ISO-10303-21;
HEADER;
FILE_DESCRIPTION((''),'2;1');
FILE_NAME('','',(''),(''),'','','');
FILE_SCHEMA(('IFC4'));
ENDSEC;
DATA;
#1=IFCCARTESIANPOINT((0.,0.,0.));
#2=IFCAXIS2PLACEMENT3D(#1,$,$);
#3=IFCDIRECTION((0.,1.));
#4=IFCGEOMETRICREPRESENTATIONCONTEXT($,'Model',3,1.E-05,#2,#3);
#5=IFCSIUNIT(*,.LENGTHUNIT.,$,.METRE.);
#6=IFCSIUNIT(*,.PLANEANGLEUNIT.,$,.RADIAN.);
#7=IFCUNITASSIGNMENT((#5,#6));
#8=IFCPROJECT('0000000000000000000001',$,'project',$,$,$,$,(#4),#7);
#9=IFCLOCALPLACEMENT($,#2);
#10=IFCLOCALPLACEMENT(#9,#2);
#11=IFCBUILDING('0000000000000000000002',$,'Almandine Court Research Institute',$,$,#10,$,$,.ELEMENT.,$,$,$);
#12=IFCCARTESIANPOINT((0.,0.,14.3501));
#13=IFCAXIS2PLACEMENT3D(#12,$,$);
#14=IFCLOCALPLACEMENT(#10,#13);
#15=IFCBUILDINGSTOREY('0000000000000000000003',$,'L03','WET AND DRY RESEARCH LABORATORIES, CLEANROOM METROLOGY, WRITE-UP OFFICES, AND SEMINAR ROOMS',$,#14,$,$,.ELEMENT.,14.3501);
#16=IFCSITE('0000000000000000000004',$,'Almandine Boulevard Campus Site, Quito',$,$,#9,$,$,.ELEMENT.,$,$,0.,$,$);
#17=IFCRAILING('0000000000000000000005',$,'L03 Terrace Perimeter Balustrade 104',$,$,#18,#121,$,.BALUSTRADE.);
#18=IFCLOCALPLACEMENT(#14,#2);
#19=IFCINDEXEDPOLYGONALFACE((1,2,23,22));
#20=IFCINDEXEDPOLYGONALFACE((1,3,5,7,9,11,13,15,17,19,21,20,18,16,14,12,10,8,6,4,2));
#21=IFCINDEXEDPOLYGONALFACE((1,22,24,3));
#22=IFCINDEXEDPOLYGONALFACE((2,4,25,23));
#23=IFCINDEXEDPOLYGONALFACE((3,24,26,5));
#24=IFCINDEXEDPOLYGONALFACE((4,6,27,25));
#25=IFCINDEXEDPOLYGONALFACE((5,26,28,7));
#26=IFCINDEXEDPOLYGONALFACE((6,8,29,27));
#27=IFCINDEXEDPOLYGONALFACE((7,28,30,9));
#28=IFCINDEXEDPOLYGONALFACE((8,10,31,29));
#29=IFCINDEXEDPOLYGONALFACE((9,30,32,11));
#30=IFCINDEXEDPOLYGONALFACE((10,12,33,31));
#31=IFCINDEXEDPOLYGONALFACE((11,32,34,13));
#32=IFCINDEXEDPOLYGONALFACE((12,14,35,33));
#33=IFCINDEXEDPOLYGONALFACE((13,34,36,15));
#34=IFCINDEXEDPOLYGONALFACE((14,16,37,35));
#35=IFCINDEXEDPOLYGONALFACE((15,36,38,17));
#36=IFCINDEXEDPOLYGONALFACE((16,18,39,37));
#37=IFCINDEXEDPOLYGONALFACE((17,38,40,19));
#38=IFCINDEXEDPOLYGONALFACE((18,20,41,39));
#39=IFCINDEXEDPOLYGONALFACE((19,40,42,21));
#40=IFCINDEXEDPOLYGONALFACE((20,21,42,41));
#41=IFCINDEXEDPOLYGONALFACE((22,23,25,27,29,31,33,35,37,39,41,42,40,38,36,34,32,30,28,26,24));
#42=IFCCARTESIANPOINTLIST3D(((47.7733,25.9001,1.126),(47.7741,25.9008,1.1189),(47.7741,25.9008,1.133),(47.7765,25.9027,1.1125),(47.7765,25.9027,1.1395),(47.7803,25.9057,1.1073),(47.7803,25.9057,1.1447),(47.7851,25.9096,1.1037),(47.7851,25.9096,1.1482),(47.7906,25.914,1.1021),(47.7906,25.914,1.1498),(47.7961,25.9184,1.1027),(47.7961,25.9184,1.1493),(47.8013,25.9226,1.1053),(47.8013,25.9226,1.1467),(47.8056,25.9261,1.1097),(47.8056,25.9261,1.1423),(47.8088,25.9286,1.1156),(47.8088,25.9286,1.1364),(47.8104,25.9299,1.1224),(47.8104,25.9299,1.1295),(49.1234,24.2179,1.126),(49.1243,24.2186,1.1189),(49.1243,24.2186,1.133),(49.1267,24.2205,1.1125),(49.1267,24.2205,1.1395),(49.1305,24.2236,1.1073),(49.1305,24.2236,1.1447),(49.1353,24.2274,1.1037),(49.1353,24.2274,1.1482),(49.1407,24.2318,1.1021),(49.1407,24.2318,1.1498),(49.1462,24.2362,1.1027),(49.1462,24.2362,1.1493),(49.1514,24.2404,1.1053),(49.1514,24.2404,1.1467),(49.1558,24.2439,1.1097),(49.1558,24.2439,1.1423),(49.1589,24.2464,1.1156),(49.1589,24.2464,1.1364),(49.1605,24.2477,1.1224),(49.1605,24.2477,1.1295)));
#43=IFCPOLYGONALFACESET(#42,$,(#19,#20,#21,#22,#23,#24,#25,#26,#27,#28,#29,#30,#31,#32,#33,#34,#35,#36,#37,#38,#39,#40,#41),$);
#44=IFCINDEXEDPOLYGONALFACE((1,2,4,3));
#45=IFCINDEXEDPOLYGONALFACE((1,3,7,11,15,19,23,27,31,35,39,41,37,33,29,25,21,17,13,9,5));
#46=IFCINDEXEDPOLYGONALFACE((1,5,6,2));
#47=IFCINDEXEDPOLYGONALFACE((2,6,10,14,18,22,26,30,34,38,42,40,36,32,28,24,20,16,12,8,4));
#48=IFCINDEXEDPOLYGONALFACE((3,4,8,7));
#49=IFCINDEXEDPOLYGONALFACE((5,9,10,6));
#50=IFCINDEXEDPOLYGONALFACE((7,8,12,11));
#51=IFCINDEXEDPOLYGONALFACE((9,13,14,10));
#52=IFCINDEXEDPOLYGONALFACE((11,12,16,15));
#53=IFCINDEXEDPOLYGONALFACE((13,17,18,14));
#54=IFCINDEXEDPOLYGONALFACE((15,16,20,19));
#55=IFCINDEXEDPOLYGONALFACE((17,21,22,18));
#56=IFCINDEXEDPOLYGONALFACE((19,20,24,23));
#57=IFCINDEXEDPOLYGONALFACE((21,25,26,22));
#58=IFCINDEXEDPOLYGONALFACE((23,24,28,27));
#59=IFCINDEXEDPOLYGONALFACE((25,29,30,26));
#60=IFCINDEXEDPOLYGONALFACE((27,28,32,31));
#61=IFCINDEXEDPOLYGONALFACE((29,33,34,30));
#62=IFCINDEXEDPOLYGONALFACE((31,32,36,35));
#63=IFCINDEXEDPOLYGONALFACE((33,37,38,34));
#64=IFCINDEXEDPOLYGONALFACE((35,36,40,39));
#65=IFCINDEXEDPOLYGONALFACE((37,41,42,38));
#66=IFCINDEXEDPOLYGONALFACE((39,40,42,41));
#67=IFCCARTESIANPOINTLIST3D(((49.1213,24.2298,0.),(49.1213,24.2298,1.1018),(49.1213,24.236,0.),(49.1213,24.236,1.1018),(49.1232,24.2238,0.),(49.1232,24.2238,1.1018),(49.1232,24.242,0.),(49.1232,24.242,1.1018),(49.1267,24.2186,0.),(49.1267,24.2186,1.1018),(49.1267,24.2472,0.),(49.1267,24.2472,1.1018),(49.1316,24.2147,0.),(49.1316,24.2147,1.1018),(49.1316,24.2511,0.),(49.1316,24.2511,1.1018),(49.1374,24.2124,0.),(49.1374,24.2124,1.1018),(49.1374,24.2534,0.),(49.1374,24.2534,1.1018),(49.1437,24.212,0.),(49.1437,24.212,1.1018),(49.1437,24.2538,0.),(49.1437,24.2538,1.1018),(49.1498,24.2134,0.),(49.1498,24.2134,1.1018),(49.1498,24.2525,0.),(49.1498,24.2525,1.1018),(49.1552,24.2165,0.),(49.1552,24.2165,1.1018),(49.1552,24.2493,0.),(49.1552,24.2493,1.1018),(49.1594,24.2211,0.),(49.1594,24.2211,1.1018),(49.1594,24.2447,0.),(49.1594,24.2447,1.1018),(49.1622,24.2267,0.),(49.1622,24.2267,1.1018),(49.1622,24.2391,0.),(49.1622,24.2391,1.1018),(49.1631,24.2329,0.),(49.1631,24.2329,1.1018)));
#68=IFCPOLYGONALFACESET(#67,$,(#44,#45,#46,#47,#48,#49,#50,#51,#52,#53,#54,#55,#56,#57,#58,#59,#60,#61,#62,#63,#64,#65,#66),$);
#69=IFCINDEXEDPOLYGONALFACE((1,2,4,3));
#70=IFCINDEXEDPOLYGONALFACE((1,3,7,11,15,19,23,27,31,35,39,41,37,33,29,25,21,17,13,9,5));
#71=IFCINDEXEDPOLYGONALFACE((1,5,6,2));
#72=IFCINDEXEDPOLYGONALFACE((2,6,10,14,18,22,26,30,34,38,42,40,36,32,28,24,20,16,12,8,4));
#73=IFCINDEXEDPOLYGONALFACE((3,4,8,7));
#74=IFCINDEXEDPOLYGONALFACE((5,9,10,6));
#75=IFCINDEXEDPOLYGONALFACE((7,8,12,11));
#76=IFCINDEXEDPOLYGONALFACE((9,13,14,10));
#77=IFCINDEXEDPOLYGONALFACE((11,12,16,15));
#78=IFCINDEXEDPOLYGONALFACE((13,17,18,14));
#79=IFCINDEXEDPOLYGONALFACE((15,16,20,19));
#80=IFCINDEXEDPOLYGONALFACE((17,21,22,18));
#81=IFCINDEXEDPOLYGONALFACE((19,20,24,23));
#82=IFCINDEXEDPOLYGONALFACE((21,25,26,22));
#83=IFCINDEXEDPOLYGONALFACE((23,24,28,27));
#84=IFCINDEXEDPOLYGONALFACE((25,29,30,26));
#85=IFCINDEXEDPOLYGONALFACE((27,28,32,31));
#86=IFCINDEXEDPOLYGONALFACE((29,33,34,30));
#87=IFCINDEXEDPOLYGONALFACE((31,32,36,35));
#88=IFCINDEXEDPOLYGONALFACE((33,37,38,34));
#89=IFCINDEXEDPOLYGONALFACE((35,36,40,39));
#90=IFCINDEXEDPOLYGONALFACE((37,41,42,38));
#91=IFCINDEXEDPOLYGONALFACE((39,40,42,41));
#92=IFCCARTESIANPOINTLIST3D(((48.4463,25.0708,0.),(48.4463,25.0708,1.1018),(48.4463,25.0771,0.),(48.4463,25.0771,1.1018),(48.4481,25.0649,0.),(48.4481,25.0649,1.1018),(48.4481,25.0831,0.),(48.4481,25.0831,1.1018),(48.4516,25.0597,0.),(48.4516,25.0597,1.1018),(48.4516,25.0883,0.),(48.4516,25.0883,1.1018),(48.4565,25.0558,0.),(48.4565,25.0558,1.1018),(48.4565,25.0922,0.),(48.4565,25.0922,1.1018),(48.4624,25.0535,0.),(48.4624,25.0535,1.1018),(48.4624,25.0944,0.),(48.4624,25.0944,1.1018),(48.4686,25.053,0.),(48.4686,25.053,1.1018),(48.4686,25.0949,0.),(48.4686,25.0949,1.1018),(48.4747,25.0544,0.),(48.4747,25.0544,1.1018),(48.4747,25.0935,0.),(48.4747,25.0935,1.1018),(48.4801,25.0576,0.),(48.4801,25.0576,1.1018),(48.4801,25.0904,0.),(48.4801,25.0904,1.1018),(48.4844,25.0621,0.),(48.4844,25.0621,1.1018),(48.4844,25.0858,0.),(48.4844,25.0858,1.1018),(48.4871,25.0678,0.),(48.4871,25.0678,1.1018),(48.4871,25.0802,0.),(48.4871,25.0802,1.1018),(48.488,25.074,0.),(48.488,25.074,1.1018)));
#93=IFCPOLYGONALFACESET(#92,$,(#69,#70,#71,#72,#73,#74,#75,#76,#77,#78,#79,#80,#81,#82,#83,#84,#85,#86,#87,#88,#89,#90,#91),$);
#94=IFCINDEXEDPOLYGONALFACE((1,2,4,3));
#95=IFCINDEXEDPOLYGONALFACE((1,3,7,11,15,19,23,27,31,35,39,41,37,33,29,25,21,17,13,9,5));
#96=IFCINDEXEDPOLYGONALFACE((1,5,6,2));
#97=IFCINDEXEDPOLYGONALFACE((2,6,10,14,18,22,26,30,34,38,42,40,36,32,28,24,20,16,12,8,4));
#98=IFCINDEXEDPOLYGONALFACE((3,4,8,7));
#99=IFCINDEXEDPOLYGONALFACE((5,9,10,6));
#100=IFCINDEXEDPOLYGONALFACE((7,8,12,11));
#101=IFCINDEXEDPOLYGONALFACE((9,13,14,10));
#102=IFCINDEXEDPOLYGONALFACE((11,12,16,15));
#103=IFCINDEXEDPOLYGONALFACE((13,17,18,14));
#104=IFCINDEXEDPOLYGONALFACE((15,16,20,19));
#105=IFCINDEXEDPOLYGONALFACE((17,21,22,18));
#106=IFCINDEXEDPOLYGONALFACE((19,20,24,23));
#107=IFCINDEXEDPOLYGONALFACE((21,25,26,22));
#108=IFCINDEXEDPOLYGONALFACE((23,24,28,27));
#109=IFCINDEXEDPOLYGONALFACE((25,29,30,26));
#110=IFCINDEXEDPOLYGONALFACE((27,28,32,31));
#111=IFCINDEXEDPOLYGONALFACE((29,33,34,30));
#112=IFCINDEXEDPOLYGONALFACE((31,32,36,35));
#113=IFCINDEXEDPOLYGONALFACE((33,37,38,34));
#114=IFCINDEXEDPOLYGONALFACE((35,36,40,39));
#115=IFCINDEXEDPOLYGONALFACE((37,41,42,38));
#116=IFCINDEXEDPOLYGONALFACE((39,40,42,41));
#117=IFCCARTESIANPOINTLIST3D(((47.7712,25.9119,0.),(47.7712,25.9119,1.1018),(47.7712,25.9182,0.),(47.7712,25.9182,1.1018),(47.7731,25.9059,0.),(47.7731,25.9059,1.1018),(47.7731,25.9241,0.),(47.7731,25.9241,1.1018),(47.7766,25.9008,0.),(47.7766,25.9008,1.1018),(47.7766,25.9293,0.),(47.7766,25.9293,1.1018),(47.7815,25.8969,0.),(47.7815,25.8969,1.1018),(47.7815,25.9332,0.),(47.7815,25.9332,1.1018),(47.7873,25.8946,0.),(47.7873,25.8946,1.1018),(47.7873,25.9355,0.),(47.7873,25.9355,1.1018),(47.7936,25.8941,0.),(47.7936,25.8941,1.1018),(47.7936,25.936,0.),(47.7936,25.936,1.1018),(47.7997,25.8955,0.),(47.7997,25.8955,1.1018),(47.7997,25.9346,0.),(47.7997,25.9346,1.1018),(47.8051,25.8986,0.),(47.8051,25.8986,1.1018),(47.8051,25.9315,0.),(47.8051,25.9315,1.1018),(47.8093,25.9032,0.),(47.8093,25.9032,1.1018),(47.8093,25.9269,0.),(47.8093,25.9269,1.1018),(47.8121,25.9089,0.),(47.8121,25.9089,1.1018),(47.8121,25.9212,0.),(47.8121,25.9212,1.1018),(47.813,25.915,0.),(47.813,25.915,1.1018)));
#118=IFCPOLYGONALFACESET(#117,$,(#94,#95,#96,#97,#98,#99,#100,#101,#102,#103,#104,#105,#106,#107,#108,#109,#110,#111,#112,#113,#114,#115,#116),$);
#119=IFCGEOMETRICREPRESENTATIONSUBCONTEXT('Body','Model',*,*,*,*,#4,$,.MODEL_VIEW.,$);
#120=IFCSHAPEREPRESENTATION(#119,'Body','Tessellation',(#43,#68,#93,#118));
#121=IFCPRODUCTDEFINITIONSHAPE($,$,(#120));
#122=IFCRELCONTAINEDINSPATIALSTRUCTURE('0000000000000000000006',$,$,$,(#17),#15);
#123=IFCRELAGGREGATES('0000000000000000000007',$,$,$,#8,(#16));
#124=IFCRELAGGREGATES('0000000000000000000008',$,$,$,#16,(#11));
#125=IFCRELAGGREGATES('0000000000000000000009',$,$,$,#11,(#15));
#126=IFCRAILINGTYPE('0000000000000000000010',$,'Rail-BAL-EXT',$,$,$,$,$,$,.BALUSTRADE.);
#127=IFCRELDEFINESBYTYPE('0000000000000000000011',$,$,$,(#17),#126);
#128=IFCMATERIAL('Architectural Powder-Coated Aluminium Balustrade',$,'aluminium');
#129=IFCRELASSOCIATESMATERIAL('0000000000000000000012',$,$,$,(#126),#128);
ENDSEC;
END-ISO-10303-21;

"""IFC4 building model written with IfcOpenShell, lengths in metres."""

from ifc_helpers import new_model, si_unit, direction, frame, origin, origin_2d, place, context, subcontext, project, spatial, circle, extrude, material, type_object, element, save


model = new_model("IFC4")

# Units and contexts
model_context = context("Model", 3, precision=1e-05, world=origin(), true_north=direction((0.0, 1.0)))
body_context = subcontext(model_context, "Body", "Model", "MODEL_VIEW")
ifc_project = project(units=[si_unit("LENGTHUNIT", "METRE"), si_unit("PLANEANGLEUNIT", "RADIAN")], contexts=[model_context])

# Site, building, storey
site_placement = place(None, origin())
site = spatial("IfcSite", under=ifc_project, at=site_placement, Name="Almandine Boulevard Campus Site, Quito", CompositionType="ELEMENT", RefElevation=0.0)
building_placement = place(site_placement, origin())
building = spatial("IfcBuilding", under=site, at=building_placement, Name="Almandine Court Research Institute", CompositionType="ELEMENT")
storey_placement = place(building_placement, frame((0.0, 0.0, 14.3501)))
storey = spatial("IfcBuildingStorey", under=building, at=storey_placement, Name="L03", Description="WET AND DRY RESEARCH LABORATORIES, CLEANROOM METROLOGY, WRITE-UP OFFICES, AND SEMINAR ROOMS", CompositionType="ELEMENT", Elevation=14.3501)

# Railing
ifc_material_1 = material(Name="Architectural Powder-Coated Aluminium Balustrade", Category="aluminium")
railing_type = type_object("IfcRailingType", Name="Rail-BAL-EXT", PredefinedType="BALUSTRADE", material=ifc_material_1)
railing_placement = place(storey_placement, frame((49.1421, 24.2329, 0.0)))
element("IfcRailing", 1, at=railing_placement, inside=storey, type_object=railing_type, Name="L03 Terrace Perimeter Balustrade 104", PredefinedType="BALUSTRADE", context=body_context, shape_type="SweptSolid", body=[
    extrude(circle(Radius=0.0239, at=origin_2d()), frame((0.0, 0.0, 1.126), z_axis=(-0.625937, 0.779874, 0.0), x_axis=(-0.779874, -0.625937, 0.0)), (0.0, 0.0, 1.0), 2.157),
    extrude(circle(Radius=0.021, at=origin_2d()), origin(), (0.0, 0.0, 1.0), 1.1018),
    extrude(circle(Radius=0.021, at=origin_2d()), frame((-0.675, 0.8411, 0.0)), (0.0, 0.0, 1.0), 1.1018),
    extrude(circle(Radius=0.021, at=origin_2d()), frame((-1.3501, 1.6821, 0.0)), (0.0, 0.0, 1.0), 1.1018),
])

save(model, "model.ifc")
